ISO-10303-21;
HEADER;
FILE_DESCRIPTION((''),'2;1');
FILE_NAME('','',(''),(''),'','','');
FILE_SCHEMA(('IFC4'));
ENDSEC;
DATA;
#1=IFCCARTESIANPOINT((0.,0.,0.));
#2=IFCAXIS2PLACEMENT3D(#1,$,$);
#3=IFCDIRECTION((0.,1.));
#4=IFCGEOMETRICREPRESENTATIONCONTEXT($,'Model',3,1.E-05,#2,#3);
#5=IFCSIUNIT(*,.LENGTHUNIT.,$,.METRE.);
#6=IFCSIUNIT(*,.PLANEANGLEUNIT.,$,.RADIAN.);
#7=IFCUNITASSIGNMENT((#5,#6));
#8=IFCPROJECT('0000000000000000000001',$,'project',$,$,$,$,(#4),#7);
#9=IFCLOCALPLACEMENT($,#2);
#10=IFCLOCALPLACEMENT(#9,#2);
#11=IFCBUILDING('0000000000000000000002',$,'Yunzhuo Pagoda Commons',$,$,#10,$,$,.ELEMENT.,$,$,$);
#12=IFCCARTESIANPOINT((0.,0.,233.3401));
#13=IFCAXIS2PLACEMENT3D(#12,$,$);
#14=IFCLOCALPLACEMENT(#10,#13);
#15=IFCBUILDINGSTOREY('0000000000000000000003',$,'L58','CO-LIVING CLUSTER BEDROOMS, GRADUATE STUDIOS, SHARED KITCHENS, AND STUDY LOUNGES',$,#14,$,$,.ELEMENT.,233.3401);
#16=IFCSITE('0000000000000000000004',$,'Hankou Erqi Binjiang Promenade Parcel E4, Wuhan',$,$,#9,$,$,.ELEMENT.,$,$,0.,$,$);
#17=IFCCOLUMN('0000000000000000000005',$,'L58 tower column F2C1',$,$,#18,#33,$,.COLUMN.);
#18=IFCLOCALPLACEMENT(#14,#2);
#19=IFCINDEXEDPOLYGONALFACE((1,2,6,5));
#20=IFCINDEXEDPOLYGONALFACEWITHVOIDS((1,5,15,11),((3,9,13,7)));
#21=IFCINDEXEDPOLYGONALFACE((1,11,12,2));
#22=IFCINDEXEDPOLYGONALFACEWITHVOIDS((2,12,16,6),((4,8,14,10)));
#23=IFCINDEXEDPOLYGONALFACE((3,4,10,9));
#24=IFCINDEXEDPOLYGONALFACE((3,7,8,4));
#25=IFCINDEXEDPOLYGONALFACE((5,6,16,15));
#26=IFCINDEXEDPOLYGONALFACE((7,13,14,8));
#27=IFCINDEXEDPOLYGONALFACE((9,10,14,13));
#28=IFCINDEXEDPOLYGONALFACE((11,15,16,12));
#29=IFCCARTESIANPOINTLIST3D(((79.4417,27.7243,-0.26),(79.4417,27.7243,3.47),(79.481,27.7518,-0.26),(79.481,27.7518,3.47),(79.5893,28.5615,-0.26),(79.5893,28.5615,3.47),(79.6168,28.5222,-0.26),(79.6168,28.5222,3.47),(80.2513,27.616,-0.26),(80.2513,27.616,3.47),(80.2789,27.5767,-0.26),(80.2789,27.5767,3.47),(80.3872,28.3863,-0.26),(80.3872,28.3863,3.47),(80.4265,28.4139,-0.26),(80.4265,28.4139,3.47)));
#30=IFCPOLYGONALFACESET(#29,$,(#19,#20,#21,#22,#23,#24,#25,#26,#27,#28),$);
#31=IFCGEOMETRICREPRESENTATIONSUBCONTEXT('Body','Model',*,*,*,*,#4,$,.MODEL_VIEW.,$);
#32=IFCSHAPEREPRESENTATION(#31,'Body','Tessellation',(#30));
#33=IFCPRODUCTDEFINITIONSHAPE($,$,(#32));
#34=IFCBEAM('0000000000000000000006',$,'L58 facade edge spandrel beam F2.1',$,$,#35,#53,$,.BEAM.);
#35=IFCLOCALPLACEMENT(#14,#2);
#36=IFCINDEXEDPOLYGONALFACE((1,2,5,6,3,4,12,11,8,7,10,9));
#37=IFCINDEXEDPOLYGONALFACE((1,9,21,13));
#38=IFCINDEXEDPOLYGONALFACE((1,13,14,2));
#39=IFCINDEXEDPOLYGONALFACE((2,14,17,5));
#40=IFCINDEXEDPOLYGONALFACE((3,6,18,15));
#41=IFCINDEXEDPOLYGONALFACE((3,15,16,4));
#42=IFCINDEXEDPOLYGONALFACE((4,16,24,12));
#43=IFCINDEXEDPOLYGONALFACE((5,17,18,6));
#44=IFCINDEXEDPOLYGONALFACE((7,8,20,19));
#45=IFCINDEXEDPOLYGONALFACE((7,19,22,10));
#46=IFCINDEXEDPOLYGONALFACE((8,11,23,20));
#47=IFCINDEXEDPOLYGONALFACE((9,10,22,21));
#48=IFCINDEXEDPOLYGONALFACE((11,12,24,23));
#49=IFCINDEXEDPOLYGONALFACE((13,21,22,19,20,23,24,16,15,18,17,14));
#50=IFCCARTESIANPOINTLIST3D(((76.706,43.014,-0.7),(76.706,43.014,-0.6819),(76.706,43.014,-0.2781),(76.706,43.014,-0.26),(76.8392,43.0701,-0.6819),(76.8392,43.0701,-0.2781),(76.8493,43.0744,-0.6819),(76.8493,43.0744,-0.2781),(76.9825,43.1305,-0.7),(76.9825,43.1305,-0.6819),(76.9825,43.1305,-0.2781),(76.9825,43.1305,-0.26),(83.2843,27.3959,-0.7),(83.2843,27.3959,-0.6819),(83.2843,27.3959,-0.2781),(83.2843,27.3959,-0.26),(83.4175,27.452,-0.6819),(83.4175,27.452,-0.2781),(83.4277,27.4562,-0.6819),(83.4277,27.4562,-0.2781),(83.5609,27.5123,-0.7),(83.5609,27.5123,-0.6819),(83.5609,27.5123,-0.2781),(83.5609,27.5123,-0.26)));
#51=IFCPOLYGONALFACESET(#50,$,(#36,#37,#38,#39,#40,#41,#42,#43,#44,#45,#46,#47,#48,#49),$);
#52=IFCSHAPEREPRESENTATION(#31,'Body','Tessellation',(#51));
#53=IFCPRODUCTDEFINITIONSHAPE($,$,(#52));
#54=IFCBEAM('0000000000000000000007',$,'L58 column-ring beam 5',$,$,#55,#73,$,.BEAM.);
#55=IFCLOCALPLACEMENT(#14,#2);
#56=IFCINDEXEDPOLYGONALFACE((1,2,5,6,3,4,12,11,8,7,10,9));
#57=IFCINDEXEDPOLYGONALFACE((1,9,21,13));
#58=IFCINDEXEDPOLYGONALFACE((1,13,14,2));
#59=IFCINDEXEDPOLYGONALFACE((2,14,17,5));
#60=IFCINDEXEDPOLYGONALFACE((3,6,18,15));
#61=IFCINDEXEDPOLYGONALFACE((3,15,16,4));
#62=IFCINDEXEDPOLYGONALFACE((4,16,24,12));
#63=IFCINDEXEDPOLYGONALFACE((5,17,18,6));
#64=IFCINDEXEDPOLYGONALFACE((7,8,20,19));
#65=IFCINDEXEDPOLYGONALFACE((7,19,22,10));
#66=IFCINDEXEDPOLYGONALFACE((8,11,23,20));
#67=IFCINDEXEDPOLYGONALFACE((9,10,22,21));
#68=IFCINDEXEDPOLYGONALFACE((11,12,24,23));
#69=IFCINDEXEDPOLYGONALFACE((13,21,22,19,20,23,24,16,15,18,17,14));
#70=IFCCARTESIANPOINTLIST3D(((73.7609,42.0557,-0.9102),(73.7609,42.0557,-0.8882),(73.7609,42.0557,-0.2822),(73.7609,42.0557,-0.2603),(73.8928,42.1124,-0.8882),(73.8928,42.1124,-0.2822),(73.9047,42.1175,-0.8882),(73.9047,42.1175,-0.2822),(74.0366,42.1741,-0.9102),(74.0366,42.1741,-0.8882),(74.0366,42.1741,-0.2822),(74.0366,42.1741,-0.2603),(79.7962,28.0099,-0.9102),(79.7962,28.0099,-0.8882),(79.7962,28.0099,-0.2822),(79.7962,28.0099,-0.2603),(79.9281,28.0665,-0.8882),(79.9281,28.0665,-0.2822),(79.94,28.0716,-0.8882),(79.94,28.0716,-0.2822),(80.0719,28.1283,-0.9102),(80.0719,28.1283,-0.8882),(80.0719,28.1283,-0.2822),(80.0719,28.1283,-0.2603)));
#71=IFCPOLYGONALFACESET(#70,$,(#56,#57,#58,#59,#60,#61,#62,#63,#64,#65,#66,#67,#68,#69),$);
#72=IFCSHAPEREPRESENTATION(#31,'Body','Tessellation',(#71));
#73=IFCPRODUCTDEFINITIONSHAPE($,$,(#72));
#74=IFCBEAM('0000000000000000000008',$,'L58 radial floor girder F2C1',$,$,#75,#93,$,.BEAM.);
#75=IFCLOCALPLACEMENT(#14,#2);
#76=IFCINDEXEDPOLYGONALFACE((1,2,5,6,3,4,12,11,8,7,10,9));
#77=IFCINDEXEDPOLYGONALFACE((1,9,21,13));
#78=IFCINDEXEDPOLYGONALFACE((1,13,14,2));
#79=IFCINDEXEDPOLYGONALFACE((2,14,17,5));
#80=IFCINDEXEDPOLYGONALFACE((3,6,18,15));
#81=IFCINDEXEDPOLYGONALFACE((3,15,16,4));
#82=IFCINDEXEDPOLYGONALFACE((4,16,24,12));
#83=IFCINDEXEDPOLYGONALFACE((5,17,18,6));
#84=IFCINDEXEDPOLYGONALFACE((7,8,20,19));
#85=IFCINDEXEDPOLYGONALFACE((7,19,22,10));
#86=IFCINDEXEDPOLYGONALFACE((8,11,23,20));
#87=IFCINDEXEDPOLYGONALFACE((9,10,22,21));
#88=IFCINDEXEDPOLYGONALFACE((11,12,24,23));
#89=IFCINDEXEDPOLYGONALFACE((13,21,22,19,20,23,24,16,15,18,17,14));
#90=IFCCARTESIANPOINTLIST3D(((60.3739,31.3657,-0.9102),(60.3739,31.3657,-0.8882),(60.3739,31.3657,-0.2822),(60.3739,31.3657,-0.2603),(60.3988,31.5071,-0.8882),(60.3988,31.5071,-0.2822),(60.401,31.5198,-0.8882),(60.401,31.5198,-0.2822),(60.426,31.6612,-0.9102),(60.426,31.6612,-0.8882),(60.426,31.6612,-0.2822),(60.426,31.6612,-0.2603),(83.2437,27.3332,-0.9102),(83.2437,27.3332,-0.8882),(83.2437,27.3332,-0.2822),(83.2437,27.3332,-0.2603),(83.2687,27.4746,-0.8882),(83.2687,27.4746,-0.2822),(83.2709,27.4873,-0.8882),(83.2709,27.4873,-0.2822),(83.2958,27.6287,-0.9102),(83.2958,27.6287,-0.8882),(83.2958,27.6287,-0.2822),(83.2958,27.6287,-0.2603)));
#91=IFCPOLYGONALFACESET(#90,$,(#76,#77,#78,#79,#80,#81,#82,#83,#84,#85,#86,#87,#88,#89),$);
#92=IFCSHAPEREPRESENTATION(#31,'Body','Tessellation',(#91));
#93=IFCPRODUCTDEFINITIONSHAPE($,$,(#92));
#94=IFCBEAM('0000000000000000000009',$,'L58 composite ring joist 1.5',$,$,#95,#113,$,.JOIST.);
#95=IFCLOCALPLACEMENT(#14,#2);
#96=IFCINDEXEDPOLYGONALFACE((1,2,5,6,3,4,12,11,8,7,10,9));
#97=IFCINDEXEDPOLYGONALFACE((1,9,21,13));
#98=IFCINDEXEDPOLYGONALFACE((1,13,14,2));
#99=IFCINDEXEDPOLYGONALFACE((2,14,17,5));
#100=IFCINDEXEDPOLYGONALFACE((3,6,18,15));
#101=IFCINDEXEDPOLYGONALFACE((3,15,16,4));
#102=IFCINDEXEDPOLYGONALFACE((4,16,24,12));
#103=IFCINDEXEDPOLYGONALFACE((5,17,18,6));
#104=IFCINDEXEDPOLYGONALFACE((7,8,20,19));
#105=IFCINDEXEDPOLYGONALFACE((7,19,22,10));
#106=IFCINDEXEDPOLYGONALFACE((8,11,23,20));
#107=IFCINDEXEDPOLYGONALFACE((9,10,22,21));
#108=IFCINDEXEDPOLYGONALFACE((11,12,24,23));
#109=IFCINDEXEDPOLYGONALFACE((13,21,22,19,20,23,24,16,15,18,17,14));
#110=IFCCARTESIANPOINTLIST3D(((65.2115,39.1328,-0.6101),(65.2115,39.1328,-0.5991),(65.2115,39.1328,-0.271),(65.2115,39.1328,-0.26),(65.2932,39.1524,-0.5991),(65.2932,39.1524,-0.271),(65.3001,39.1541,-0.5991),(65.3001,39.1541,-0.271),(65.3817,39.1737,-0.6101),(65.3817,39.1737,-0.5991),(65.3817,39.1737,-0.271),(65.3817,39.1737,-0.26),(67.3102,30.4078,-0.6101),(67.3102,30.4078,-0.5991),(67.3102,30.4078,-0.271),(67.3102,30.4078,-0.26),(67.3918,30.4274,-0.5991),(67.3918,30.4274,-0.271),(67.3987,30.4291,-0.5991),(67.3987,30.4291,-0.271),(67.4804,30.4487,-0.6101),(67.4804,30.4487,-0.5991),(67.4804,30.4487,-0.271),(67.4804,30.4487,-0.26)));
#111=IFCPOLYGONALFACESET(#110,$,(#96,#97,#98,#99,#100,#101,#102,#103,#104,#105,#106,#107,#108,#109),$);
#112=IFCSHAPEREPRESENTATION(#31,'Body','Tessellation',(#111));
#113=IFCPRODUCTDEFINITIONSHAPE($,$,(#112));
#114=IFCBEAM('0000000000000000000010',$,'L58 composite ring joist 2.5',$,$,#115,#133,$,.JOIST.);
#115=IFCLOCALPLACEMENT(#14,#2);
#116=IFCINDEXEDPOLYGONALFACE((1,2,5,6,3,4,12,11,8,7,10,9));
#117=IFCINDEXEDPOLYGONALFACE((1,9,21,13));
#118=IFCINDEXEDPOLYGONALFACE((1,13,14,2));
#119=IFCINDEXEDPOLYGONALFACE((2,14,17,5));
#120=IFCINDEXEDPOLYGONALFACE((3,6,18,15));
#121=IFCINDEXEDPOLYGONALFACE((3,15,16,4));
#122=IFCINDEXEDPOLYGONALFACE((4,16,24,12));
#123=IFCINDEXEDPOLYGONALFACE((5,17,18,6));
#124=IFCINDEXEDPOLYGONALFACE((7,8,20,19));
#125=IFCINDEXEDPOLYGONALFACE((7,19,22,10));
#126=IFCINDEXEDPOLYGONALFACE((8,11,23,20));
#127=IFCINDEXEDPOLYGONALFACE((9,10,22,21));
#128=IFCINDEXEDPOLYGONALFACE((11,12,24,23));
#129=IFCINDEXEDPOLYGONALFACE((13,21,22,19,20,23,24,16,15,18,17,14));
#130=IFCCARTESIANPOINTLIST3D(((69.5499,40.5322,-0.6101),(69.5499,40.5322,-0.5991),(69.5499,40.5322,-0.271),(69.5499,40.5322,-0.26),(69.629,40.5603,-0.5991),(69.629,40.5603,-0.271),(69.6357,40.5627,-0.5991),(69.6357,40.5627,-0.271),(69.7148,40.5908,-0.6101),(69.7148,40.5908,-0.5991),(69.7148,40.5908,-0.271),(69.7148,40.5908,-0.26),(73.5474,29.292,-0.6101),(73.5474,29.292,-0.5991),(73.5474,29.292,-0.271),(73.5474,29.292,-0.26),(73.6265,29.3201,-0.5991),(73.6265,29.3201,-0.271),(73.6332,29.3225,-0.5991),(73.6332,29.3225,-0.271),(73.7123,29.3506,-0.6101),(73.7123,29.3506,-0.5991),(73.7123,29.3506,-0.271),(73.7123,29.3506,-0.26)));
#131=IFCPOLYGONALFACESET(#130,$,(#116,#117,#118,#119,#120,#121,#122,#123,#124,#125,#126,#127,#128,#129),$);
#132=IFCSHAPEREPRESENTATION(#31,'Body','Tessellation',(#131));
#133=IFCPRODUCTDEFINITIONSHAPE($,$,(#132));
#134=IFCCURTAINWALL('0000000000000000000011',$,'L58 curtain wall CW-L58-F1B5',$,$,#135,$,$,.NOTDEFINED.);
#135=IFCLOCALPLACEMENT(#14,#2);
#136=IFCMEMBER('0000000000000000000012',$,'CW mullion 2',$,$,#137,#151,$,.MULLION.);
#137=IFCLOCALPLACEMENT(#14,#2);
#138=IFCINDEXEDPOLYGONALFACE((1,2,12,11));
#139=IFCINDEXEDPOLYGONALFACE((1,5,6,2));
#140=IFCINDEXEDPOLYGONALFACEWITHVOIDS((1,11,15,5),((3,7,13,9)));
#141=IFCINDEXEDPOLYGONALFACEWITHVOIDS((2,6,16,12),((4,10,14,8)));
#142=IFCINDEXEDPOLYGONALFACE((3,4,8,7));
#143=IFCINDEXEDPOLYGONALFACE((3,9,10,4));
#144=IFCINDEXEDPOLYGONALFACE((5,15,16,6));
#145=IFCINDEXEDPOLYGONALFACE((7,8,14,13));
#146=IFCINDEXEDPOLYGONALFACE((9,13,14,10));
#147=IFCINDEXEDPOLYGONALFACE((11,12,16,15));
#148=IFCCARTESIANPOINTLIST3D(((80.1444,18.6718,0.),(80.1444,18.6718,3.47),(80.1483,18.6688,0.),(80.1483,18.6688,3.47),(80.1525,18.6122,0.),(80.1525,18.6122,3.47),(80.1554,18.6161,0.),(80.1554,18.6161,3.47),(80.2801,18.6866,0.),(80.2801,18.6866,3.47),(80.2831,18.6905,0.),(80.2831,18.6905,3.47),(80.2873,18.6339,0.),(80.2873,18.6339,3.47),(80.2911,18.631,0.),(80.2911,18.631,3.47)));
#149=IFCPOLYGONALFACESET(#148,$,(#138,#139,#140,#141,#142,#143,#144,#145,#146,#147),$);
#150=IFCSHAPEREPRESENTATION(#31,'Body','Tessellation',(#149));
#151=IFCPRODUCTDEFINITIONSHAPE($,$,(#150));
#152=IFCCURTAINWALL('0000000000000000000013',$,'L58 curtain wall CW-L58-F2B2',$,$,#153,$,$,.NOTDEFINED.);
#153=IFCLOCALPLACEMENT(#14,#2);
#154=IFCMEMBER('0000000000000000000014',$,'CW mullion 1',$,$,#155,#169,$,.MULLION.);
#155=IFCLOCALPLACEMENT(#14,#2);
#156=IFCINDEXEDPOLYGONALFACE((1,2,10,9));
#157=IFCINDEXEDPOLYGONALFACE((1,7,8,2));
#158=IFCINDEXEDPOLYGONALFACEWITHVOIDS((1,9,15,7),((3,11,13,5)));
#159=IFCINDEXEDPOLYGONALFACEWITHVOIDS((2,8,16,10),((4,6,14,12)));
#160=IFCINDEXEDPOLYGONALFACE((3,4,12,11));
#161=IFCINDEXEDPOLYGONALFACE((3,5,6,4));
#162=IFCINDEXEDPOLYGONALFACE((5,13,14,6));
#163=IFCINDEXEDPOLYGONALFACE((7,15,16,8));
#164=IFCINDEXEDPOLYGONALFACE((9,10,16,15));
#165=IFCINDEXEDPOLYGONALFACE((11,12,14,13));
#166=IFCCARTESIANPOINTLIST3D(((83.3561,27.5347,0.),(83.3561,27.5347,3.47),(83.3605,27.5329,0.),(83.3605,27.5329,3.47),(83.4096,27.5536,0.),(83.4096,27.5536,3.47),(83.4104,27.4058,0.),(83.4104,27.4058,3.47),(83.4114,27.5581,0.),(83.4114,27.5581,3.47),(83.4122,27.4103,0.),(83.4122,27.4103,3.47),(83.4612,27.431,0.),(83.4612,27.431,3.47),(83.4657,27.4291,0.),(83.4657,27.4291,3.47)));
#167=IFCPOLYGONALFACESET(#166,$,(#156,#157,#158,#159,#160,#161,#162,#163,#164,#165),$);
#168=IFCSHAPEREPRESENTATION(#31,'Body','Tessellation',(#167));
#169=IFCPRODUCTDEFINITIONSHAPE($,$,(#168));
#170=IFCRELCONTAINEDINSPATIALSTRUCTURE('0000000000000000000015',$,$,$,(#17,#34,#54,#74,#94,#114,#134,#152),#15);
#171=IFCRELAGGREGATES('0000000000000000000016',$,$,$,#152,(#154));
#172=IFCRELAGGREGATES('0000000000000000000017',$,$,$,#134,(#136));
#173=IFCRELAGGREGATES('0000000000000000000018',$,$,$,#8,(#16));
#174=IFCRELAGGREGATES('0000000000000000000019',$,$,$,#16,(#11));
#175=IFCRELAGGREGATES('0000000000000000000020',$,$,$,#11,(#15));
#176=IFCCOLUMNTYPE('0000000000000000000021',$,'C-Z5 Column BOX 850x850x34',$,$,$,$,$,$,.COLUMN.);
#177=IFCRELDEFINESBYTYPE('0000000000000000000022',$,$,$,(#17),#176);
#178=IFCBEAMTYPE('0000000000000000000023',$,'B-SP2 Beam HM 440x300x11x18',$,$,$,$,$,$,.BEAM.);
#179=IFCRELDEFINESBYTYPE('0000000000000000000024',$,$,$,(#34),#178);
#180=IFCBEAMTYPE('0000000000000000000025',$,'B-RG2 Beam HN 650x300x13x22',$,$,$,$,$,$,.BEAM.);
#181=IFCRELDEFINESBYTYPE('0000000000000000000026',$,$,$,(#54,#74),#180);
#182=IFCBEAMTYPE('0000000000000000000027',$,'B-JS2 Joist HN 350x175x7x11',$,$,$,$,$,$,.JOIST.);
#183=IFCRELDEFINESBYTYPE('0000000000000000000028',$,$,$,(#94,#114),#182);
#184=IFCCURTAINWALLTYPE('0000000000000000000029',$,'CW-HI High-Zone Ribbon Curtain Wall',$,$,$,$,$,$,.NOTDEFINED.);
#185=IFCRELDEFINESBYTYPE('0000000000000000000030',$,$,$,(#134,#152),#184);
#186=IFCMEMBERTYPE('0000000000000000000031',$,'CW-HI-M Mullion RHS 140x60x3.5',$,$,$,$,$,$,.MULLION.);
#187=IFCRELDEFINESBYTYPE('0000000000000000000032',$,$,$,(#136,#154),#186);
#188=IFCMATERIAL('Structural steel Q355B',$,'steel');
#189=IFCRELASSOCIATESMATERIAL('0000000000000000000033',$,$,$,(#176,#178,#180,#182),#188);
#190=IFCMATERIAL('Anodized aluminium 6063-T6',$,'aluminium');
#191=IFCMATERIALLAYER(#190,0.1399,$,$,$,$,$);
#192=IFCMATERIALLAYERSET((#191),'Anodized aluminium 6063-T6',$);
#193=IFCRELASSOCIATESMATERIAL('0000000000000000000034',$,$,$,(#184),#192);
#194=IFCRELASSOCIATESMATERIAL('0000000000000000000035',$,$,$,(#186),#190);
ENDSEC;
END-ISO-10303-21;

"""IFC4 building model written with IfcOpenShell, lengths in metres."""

from ifc_helpers import new_model, si_unit, direction, frame, origin, origin_2d, place, context, subcontext, project, spatial, hollow_rectangle, i_section, extrude, source, transform, mapped, material, layer, layer_set, material_profile, profile_set, type_object, element, aggregate, save


model = new_model("IFC4")

# Units and contexts
model_context = context("Model", 3, precision=1e-05, world=origin(), true_north=direction((0.0, 1.0)))
body_context = subcontext(model_context, "Body", "Model", "MODEL_VIEW")
ifc_project = project(units=[si_unit("LENGTHUNIT", "METRE"), si_unit("PLANEANGLEUNIT", "RADIAN")], contexts=[model_context])

# Site, building, storey
site_placement = place(None, origin())
site = spatial("IfcSite", under=ifc_project, at=site_placement, Name="Hankou Erqi Binjiang Promenade Parcel E4, Wuhan", CompositionType="ELEMENT", RefElevation=0.0)
building_placement = place(site_placement, origin())
building = spatial("IfcBuilding", under=site, at=building_placement, Name="Yunzhuo Pagoda Commons", CompositionType="ELEMENT")
storey_placement = place(building_placement, frame((0.0, 0.0, 233.3401)))
storey = spatial("IfcBuildingStorey", under=building, at=storey_placement, Name="L58", Description="CO-LIVING CLUSTER BEDROOMS, GRADUATE STUDIOS, SHARED KITCHENS, AND STUDY LOUNGES", CompositionType="ELEMENT", Elevation=233.3401)

# Column
ifc_material_1 = material(Name="Structural steel Q355B", Category="steel")
ifc_material_profile_1 = material_profile(ifc_material_1, hollow_rectangle(XDim=0.8501, YDim=0.8501, WallThickness=0.0339, at=origin_2d()), Name="Structural steel Q355B")
ifc_profile_set_1 = profile_set([ifc_material_profile_1], Name="Structural steel Q355B")
column_type = type_object("IfcColumnType", Name="C-Z5 Column BOX 850x850x34", PredefinedType="COLUMN", material=ifc_profile_set_1)
shared_shape_1 = source(origin(), body_context, "Body", "SweptSolid", [
    extrude(hollow_rectangle(XDim=0.8501, YDim=0.8501, WallThickness=0.0339, at=origin_2d()), origin(), (0.0, 0.0, 1.0), 3.73),
])
column_placement = place(storey_placement, frame((79.9341, 28.0691, -0.26), z_axis=(0.0, 0.0, 1.0), x_axis=(0.173648, 0.984808, 0.0)))
element("IfcColumn", 1, at=column_placement, inside=storey, type_object=column_type, Name="L58 tower column F2C1", PredefinedType="COLUMN", context=body_context, shape_type="MappedRepresentation", body=[
    mapped(shared_shape_1, transform((0.0, 0.0, 0.0), scale=1.0)),
])

# Beams
ifc_material_profile_2 = material_profile(ifc_material_1, i_section(OverallWidth=0.3, OverallDepth=0.4399, WebThickness=0.011, FlangeThickness=0.0181, at=origin_2d()), Name="Structural steel Q355B")
ifc_profile_set_2 = profile_set([ifc_material_profile_2], Name="Structural steel Q355B")
beam_type_1 = type_object("IfcBeamType", Name="B-SP2 Beam HM 440x300x11x18", PredefinedType="BEAM", material=ifc_profile_set_2)
shared_shape_2 = source(origin(), body_context, "Body", "SweptSolid", [
    extrude(i_section(OverallWidth=0.3, OverallDepth=0.4399, WebThickness=0.011, FlangeThickness=0.0181, at=origin_2d()), origin(), (0.0, 0.0, 1.0), 16.947),
])
beam_1_placement = place(storey_placement, frame((83.4226, 27.4541, -0.48), z_axis=(-0.388172, 0.921587, 0.0), x_axis=(-0.921587, -0.388172, 0.0)))
element("IfcBeam", 2, at=beam_1_placement, inside=storey, type_object=beam_type_1, Name="L58 facade edge spandrel beam F2.1", PredefinedType="BEAM", context=body_context, shape_type="MappedRepresentation", body=[
    mapped(shared_shape_2, transform((0.0, 0.0, 0.0), scale=1.0)),
])
ifc_material_profile_3 = material_profile(ifc_material_1, i_section(OverallWidth=0.3, OverallDepth=0.6499, WebThickness=0.0129, FlangeThickness=0.022, at=origin_2d()), Name="Structural steel Q355B")
ifc_profile_set_3 = profile_set([ifc_material_profile_3], Name="Structural steel Q355B")
beam_type_2 = type_object("IfcBeamType", Name="B-RG2 Beam HN 650x300x13x22", PredefinedType="BEAM", material=ifc_profile_set_3)
shared_shape_3 = source(origin(), body_context, "Body", "SweptSolid", [
    extrude(i_section(OverallWidth=0.3, OverallDepth=0.6499, WebThickness=0.0129, FlangeThickness=0.022, at=origin_2d()), origin(), (0.0, 0.0, 1.0), 15.2876),
])
beam_2_placement = place(storey_placement, frame((79.9341, 28.0691, -0.5852), z_axis=(-0.394788, 0.918772, 0.0), x_axis=(-0.918772, -0.394788, 0.0)))
element("IfcBeam", 3, at=beam_2_placement, inside=storey, type_object=beam_type_2, Name="L58 column-ring beam 5", PredefinedType="BEAM", context=body_context, shape_type="MappedRepresentation", body=[
    mapped(shared_shape_3, transform((0.0, 0.0, 0.0), scale=1.0)),
])
shared_shape_4 = source(origin(), body_context, "Body", "SweptSolid", [
    extrude(i_section(OverallWidth=0.3, OverallDepth=0.6499, WebThickness=0.0129, FlangeThickness=0.022, at=origin_2d()), origin(), (0.0, 0.0, 1.0), 23.2227),
])
beam_3_placement = place(storey_placement, frame((83.2698, 27.481, -0.5852), z_axis=(-0.984809, 0.173644, 0.0), x_axis=(-0.173644, -0.984809, 0.0)))
element("IfcBeam", 4, at=beam_3_placement, inside=storey, type_object=beam_type_2, Name="L58 radial floor girder F2C1", PredefinedType="BEAM", context=body_context, shape_type="MappedRepresentation", body=[
    mapped(shared_shape_4, transform((0.0, 0.0, 0.0), scale=1.0)),
])
ifc_material_profile_4 = material_profile(ifc_material_1, i_section(OverallWidth=0.175, OverallDepth=0.3501, WebThickness=0.0071, FlangeThickness=0.011, at=origin_2d()), Name="Structural steel Q355B")
ifc_profile_set_4 = profile_set([ifc_material_profile_4], Name="Structural steel Q355B")
beam_type_3 = type_object("IfcBeamType", Name="B-JS2 Joist HN 350x175x7x11", PredefinedType="JOIST", material=ifc_profile_set_4)
shared_shape_5 = source(origin(), body_context, "Body", "SweptSolid", [
    extrude(i_section(OverallWidth=0.175, OverallDepth=0.3501, WebThickness=0.0071, FlangeThickness=0.011, at=origin_2d()), origin(), (0.0, 0.0, 1.0), 8.9739),
])
beam_4_placement = place(storey_placement, frame((67.3953, 30.4282, -0.4351), z_axis=(-0.233859, 0.972271, 0.0), x_axis=(-0.972271, -0.233859, 0.0)))
element("IfcBeam", 5, at=beam_4_placement, inside=storey, type_object=beam_type_3, Name="L58 composite ring joist 1.5", PredefinedType="JOIST", context=body_context, shape_type="MappedRepresentation", body=[
    mapped(shared_shape_5, transform((0.0, 0.0, 0.0), scale=1.0)),
])
shared_shape_6 = source(origin(), body_context, "Body", "SweptSolid", [
    extrude(i_section(OverallWidth=0.175, OverallDepth=0.3501, WebThickness=0.0071, FlangeThickness=0.011, at=origin_2d()), origin(), (0.0, 0.0, 1.0), 11.9299),
])
beam_5_placement = place(storey_placement, frame((73.6299, 29.3213, -0.4351), z_axis=(-0.335086, 0.942187, 0.0), x_axis=(-0.942187, -0.335086, 0.0)))
element("IfcBeam", 6, at=beam_5_placement, inside=storey, type_object=beam_type_3, Name="L58 composite ring joist 2.5", PredefinedType="JOIST", context=body_context, shape_type="MappedRepresentation", body=[
    mapped(shared_shape_6, transform((0.0, 0.0, 0.0), scale=1.0)),
])

# Curtain walls, members
ifc_material_2 = material(Name="Anodized aluminium 6063-T6", Category="aluminium")
ifc_layer_1 = layer(ifc_material_2, 0.1399)
ifc_layer_set_1 = layer_set([ifc_layer_1], Name="Anodized aluminium 6063-T6")
curtain_wall_type = type_object("IfcCurtainWallType", Name="CW-HI High-Zone Ribbon Curtain Wall", PredefinedType="NOTDEFINED", material=ifc_layer_set_1)
curtain_wall_1_placement = place(storey_placement, origin())
curtain_wall_1 = element("IfcCurtainWall", 7, at=curtain_wall_1_placement, inside=storey, type_object=curtain_wall_type, Name="L58 curtain wall CW-L58-F1B5", PredefinedType="NOTDEFINED")
ifc_material_profile_5 = material_profile(ifc_material_2, hollow_rectangle(XDim=0.0601, YDim=0.1399, WallThickness=0.0034, at=origin_2d()), Name="Anodized aluminium 6063-T6")
ifc_profile_set_5 = profile_set([ifc_material_profile_5], Name="Anodized aluminium 6063-T6")
member_type_1 = type_object("IfcMemberType", Name="CW-HI-M Mullion RHS 140x60x3.5", PredefinedType="MULLION", material=ifc_profile_set_5)
shared_shape_7 = source(origin(), body_context, "Body", "SweptSolid", [
    extrude(hollow_rectangle(XDim=0.0601, YDim=0.1399, WallThickness=0.0034, at=origin_2d()), origin(), (0.0, 0.0, 1.0), 3.47),
])
member_1_placement = place(storey_placement, frame((80.2178, 18.6514, 0.0), z_axis=(0.0, 0.0, 1.0), x_axis=(-0.13393, 0.990991, 0.0)))
member_1 = element("IfcMember", 8, at=member_1_placement, type_object=member_type_1, Name="CW mullion 2", PredefinedType="MULLION", context=body_context, shape_type="MappedRepresentation", body=[
    mapped(shared_shape_7, transform((0.0, 0.0, 0.0), scale=1.0)),
])
curtain_wall_2_placement = place(storey_placement, origin())
curtain_wall_2 = element("IfcCurtainWall", 9, at=curtain_wall_2_placement, inside=storey, type_object=curtain_wall_type, Name="L58 curtain wall CW-L58-F2B2", PredefinedType="NOTDEFINED")
member_2_placement = place(storey_placement, frame((83.4109, 27.4819, 0.0), z_axis=(0.0, 0.0, 1.0), x_axis=(-0.921589, -0.388167, 0.0)))
member_2 = element("IfcMember", 10, at=member_2_placement, type_object=member_type_1, Name="CW mullion 1", PredefinedType="MULLION", context=body_context, shape_type="MappedRepresentation", body=[
    mapped(shared_shape_7, transform((0.0, 0.0, 0.0), scale=1.0)),
])

aggregate(curtain_wall_2, [member_2])
aggregate(curtain_wall_1, [member_1])

save(model, "model.ifc")
